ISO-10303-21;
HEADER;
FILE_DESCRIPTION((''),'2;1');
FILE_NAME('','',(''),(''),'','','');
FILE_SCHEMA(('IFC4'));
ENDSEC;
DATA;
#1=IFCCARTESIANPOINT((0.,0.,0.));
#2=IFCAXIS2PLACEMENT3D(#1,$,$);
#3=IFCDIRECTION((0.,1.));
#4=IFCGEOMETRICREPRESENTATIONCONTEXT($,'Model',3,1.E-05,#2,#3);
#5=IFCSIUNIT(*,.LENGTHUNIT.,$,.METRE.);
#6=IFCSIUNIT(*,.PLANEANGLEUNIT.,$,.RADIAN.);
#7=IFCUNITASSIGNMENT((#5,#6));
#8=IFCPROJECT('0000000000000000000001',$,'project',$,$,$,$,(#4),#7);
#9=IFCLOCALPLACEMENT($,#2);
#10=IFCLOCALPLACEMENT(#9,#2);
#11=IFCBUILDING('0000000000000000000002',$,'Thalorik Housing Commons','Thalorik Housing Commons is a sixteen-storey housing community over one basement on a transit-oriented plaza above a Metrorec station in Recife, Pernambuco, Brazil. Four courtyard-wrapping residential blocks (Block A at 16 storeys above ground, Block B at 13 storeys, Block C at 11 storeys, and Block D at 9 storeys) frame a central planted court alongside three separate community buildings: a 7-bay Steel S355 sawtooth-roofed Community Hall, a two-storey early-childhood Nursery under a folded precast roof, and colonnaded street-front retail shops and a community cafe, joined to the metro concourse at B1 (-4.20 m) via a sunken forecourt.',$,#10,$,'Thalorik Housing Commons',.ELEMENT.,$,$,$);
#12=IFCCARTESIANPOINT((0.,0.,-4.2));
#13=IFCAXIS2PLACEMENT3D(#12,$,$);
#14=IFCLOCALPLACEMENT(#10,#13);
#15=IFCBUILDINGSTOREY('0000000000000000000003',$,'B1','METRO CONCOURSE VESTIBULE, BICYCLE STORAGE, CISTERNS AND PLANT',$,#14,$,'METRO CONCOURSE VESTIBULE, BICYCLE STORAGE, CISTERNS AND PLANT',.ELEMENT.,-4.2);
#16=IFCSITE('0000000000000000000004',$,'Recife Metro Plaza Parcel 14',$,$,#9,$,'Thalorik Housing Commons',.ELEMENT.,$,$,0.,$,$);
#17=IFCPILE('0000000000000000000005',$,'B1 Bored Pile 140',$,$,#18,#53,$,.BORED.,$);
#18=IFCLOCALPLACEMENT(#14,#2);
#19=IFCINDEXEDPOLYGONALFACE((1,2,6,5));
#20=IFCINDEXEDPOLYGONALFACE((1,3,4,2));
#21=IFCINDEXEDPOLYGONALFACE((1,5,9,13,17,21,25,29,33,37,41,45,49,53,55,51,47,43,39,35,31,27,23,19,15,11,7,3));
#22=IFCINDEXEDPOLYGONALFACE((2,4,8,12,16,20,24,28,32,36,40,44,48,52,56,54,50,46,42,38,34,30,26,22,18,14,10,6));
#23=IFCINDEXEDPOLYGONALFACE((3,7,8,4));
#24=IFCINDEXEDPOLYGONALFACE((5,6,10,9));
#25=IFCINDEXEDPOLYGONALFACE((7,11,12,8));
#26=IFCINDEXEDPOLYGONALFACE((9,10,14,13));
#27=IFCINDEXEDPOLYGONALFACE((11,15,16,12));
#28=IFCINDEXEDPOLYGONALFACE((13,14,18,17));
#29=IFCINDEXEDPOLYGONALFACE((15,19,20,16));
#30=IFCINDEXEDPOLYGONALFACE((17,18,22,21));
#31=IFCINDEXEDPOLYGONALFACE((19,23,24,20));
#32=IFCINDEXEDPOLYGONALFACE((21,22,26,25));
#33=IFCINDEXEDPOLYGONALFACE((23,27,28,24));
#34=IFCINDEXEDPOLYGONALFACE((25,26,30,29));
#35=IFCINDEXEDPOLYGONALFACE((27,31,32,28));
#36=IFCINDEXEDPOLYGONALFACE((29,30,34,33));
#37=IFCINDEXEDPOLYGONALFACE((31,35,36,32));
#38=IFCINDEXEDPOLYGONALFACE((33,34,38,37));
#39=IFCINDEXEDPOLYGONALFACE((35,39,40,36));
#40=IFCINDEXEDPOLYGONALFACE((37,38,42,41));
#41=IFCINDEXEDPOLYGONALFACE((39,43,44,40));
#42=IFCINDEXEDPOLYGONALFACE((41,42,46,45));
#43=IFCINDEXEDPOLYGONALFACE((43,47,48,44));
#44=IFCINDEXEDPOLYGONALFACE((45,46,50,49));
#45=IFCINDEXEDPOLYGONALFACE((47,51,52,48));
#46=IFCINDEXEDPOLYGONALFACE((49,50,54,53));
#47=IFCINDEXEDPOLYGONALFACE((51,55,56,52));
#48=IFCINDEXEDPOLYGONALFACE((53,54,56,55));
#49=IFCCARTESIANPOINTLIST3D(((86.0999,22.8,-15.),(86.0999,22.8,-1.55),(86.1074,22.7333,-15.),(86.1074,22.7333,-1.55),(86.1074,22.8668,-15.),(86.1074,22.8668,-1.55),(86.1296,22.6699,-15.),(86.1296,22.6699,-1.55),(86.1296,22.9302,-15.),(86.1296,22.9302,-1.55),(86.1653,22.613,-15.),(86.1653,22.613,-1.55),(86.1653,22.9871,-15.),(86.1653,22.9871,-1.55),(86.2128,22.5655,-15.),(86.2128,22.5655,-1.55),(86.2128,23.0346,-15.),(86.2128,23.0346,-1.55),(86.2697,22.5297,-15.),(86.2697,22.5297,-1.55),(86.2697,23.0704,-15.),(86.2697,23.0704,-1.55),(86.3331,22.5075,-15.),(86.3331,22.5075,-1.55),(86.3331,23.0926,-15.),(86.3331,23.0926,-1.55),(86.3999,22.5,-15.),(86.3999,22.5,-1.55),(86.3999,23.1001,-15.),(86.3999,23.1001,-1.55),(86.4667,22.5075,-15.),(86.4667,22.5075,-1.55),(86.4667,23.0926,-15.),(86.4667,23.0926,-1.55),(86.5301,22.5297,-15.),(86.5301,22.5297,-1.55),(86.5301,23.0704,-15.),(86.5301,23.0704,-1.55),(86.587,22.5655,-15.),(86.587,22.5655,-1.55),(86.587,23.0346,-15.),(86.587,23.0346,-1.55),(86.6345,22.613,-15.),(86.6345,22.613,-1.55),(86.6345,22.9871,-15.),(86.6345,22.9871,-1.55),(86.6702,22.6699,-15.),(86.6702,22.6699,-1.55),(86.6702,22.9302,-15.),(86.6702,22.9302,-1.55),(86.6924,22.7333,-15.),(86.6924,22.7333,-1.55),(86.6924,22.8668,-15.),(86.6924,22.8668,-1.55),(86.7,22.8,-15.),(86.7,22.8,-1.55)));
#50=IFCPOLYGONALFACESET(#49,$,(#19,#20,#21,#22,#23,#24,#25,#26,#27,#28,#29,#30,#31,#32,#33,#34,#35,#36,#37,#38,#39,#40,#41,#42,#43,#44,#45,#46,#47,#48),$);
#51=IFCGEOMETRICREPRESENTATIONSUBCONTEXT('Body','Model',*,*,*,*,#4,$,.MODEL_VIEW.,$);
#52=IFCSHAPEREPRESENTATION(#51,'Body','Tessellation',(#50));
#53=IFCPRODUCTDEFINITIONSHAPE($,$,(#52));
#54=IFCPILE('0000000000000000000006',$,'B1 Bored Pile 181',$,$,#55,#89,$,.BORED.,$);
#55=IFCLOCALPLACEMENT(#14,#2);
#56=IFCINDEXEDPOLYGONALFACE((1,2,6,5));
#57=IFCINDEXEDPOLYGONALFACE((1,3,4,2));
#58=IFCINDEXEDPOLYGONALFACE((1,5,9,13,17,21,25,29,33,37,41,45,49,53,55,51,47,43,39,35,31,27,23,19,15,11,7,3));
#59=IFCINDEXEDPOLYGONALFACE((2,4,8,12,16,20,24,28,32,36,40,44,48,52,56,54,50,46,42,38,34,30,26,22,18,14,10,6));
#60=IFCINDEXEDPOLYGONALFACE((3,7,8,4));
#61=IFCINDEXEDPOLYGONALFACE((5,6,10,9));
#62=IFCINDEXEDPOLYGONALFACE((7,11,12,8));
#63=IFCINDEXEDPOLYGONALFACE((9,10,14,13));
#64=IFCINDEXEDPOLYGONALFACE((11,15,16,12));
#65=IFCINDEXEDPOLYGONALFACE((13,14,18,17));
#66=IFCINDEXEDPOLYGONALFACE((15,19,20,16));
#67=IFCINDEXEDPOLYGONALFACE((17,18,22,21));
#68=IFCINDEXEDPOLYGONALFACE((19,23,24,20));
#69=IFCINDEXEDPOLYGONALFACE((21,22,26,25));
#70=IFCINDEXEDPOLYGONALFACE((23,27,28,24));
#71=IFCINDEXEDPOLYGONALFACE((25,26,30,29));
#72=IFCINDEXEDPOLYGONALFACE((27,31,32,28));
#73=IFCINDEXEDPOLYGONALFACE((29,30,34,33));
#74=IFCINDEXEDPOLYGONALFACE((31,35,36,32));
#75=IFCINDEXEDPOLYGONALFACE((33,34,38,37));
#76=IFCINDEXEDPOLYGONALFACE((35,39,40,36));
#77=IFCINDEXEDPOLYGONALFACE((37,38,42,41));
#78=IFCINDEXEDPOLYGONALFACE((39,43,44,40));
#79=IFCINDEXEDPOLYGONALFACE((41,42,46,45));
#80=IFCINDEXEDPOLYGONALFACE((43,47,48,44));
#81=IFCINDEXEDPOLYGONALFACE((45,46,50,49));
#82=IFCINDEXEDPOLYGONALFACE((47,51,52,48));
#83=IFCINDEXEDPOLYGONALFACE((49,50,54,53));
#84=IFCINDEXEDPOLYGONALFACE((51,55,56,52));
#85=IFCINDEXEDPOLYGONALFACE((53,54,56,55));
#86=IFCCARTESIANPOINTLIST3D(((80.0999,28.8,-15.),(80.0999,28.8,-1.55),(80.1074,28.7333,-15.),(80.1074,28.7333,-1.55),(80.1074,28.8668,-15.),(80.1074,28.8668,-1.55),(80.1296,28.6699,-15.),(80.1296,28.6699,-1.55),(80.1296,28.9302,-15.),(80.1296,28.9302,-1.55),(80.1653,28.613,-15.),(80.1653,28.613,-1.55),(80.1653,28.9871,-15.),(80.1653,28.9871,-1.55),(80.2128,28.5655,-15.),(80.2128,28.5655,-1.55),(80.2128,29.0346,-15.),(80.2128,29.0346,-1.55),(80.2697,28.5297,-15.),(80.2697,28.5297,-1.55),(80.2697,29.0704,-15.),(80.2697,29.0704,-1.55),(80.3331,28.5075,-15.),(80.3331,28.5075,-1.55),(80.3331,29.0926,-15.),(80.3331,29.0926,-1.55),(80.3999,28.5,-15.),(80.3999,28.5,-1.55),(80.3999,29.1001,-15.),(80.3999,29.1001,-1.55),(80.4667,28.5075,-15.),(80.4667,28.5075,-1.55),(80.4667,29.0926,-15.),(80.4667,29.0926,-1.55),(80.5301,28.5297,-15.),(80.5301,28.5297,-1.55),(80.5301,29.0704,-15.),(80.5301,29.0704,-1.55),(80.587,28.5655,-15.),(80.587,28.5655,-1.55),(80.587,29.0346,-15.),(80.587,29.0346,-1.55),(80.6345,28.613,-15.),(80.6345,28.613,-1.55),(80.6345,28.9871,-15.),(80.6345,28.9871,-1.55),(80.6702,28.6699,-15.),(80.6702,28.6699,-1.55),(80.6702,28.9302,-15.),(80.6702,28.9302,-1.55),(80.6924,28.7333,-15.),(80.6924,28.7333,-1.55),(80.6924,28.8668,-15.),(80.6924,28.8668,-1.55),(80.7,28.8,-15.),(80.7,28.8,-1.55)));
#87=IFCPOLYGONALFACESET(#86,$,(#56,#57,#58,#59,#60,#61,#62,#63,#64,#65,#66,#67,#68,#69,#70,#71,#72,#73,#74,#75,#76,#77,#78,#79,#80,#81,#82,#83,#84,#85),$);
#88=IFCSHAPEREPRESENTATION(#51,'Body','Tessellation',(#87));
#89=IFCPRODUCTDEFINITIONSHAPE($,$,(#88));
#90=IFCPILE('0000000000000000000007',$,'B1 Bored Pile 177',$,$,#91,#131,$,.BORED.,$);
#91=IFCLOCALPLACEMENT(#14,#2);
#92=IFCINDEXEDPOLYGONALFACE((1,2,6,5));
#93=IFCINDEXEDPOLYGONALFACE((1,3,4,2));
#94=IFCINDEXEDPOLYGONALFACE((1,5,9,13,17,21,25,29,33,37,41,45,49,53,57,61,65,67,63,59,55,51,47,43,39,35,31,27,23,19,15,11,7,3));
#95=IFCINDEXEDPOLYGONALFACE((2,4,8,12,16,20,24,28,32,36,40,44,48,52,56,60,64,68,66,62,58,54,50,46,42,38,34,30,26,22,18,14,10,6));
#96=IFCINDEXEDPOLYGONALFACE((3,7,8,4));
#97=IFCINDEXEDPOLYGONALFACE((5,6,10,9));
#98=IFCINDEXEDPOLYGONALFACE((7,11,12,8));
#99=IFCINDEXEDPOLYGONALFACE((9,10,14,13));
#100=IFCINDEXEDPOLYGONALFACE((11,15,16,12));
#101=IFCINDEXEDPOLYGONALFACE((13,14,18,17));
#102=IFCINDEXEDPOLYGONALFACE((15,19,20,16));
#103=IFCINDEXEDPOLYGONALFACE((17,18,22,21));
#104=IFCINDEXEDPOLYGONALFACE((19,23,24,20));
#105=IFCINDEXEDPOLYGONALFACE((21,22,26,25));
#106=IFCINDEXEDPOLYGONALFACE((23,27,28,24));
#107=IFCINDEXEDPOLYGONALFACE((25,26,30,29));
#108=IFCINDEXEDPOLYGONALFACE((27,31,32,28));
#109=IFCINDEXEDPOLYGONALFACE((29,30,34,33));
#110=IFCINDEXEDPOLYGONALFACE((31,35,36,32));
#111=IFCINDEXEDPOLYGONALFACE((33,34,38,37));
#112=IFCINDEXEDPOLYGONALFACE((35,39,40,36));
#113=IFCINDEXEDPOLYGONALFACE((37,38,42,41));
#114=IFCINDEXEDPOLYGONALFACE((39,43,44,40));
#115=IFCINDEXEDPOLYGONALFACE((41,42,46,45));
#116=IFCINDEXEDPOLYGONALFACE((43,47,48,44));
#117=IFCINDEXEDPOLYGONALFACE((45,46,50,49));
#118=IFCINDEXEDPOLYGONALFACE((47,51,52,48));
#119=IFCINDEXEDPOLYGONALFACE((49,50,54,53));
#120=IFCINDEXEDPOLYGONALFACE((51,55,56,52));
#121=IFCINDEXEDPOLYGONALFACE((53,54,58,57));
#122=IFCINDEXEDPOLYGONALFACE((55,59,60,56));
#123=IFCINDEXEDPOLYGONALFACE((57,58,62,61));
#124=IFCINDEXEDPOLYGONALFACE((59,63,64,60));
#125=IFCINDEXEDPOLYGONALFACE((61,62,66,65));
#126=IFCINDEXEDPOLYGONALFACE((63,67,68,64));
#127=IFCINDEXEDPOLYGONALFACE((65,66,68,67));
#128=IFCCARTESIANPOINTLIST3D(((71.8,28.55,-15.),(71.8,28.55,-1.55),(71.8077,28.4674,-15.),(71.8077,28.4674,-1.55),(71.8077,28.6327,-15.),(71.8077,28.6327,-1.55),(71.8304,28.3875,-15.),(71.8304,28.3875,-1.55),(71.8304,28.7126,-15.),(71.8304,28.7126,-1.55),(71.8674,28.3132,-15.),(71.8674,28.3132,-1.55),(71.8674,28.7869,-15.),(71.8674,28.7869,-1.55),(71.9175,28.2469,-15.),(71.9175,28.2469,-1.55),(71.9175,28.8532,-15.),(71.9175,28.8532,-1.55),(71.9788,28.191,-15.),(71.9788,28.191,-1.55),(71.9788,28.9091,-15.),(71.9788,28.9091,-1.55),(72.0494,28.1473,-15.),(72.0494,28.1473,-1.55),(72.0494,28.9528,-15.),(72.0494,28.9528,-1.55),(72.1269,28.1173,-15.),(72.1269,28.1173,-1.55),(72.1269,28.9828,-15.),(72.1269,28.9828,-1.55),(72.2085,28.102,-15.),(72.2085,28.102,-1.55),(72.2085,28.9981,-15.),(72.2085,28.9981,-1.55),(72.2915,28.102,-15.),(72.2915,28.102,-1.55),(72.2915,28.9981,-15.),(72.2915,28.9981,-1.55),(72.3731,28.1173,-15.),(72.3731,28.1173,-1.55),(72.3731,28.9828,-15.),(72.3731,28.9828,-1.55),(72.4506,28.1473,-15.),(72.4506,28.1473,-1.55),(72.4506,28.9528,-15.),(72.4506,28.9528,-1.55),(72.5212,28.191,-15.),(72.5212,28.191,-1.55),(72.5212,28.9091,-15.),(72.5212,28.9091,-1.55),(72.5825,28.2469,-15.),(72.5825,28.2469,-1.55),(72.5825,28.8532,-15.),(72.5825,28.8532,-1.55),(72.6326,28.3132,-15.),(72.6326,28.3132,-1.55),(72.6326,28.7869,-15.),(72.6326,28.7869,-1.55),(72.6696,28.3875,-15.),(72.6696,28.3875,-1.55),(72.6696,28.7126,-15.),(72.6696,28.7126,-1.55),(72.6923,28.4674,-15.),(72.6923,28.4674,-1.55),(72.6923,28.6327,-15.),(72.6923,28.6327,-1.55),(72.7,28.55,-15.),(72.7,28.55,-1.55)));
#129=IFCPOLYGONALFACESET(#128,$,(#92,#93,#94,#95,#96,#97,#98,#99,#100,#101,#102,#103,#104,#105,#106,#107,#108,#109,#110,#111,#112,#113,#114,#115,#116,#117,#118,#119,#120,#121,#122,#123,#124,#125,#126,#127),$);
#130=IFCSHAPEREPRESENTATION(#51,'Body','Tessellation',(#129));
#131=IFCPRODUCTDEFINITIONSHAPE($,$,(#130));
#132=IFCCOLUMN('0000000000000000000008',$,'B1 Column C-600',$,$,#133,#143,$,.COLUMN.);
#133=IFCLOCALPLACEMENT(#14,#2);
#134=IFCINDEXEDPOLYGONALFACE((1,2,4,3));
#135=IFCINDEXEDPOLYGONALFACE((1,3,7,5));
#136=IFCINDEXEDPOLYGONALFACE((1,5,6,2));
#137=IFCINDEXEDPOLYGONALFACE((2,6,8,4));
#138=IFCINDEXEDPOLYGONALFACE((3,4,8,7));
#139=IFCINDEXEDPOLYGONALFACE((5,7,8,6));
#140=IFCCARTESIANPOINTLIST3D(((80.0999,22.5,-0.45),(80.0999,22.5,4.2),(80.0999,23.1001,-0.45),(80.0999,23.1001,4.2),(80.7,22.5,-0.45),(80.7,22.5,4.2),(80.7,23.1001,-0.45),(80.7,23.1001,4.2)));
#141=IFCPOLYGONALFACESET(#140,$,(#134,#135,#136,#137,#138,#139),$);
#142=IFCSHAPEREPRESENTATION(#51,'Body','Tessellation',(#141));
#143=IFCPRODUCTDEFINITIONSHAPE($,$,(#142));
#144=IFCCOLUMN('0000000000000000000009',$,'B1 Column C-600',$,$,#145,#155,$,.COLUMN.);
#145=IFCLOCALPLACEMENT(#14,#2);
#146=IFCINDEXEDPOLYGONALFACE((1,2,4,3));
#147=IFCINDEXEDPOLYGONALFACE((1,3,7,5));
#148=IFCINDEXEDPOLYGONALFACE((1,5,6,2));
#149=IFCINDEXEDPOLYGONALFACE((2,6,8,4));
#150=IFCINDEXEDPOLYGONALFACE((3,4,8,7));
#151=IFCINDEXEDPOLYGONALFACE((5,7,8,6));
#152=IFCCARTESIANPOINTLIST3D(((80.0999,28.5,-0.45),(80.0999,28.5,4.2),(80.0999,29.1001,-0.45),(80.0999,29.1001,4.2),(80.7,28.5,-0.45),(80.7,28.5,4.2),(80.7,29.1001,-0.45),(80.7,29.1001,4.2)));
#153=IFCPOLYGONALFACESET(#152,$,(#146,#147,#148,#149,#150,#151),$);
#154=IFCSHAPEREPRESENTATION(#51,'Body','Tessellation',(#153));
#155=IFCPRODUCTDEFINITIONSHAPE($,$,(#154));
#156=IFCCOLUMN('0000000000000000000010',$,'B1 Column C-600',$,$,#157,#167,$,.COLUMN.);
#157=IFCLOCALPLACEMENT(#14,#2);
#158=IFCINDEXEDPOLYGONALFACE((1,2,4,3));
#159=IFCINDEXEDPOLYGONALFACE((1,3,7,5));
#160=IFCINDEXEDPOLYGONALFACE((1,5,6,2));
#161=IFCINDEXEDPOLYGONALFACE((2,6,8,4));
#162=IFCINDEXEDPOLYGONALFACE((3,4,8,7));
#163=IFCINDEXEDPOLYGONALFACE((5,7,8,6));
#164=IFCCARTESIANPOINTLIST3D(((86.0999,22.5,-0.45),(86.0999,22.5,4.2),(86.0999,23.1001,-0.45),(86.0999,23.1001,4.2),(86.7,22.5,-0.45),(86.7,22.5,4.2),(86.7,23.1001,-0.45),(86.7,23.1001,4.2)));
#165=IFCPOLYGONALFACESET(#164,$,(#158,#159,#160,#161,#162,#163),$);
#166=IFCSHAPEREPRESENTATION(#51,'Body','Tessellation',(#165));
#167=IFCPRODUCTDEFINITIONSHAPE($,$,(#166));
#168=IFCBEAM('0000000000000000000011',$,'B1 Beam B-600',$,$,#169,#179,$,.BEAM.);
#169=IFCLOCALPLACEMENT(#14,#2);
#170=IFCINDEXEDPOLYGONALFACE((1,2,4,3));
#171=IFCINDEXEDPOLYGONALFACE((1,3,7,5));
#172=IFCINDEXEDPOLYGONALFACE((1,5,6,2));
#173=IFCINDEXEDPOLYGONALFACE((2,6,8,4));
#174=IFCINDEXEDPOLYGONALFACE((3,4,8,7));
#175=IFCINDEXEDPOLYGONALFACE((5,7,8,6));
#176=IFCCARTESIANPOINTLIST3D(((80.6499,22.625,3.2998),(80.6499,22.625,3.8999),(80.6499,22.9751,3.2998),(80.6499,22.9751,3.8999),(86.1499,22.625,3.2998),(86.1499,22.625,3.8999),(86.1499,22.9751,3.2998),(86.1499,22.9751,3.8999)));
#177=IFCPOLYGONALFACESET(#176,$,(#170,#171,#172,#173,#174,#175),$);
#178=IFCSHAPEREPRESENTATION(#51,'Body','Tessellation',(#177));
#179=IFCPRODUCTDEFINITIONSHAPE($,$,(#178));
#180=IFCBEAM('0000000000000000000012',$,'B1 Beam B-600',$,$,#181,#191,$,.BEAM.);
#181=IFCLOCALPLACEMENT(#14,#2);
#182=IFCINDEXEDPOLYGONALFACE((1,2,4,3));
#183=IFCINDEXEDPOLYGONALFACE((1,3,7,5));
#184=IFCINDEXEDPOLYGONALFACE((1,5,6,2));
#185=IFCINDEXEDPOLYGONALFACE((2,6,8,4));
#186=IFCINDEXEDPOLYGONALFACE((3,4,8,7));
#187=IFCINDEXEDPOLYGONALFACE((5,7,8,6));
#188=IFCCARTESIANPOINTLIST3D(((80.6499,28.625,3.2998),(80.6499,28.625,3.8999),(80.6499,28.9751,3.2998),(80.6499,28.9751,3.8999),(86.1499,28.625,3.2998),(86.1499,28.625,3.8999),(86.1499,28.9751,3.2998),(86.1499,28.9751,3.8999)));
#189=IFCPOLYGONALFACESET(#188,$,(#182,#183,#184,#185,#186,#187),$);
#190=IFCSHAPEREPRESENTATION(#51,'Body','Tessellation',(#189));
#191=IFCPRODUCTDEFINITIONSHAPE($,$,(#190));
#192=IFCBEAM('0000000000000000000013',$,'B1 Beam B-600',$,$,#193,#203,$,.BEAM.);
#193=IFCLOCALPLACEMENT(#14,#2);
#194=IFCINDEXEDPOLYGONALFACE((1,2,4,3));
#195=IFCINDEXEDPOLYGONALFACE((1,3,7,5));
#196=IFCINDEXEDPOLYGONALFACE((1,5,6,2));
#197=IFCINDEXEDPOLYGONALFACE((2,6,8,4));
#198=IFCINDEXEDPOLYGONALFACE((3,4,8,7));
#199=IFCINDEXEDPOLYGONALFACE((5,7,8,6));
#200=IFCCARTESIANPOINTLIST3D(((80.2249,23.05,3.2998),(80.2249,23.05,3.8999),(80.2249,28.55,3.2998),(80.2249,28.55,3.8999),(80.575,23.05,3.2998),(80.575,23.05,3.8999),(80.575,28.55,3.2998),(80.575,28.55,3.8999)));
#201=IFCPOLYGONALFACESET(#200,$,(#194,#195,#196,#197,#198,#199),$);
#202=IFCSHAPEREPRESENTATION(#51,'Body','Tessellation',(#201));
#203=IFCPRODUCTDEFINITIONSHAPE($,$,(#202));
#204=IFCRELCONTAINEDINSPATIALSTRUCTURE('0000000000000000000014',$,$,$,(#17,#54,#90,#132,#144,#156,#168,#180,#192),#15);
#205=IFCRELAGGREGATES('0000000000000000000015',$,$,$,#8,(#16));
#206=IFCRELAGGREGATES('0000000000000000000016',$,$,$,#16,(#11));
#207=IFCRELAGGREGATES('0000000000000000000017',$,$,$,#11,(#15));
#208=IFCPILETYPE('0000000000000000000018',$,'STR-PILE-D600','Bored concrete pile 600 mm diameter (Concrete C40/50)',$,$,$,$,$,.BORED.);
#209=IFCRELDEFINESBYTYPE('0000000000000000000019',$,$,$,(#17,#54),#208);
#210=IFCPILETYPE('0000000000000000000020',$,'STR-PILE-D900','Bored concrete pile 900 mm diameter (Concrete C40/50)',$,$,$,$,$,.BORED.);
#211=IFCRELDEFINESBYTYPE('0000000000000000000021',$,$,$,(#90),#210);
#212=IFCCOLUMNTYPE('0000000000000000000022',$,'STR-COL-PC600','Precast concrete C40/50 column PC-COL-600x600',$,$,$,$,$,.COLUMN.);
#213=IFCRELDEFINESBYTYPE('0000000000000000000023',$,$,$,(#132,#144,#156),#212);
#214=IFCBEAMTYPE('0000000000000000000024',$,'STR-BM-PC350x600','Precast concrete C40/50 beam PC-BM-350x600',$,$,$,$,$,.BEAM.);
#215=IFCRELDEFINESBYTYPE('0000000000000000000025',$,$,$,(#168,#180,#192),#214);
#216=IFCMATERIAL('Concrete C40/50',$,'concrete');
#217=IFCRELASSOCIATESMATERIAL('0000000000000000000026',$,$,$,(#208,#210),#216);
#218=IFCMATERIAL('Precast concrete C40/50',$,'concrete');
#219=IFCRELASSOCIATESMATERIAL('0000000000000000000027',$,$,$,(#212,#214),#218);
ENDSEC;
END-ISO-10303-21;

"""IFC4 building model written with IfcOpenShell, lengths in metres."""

from ifc_helpers import new_model, si_unit, direction, frame, origin, origin_2d, place, context, subcontext, project, spatial, rectangle, circle, extrude, material, material_profile, profile_set, type_object, element, save


model = new_model("IFC4")

# Units and contexts
model_context = context("Model", 3, precision=1e-05, world=origin(), true_north=direction((0.0, 1.0)))
body_context = subcontext(model_context, "Body", "Model", "MODEL_VIEW")
ifc_project = project(units=[si_unit("LENGTHUNIT", "METRE"), si_unit("PLANEANGLEUNIT", "RADIAN")], contexts=[model_context])

# Site, building, storey
site_placement = place(None, origin())
site = spatial("IfcSite", under=ifc_project, at=site_placement, Name="Recife Metro Plaza Parcel 14", LongName="Thalorik Housing Commons", CompositionType="ELEMENT", RefElevation=0.0)
building_placement = place(site_placement, origin())
building = spatial("IfcBuilding", under=site, at=building_placement, Name="Thalorik Housing Commons", Description="Thalorik Housing Commons is a sixteen-storey housing community over one basement on a transit-oriented plaza above a Metrorec station in Recife, Pernambuco, Brazil. Four courtyard-wrapping residential blocks (Block A at 16 storeys above ground, Block B at 13 storeys, Block C at 11 storeys, and Block D at 9 storeys) frame a central planted court alongside three separate community buildings: a 7-bay Steel S355 sawtooth-roofed Community Hall, a two-storey early-childhood Nursery under a folded precast roof, and colonnaded street-front retail shops and a community cafe, joined to the metro concourse at B1 (-4.20 m) via a sunken forecourt.", LongName="Thalorik Housing Commons", CompositionType="ELEMENT")
storey_placement = place(building_placement, frame((0.0, 0.0, -4.2)))
storey = spatial("IfcBuildingStorey", under=building, at=storey_placement, Name="B1", Description="METRO CONCOURSE VESTIBULE, BICYCLE STORAGE, CISTERNS AND PLANT", LongName="METRO CONCOURSE VESTIBULE, BICYCLE STORAGE, CISTERNS AND PLANT", CompositionType="ELEMENT", Elevation=-4.2)

# Shared definitions
ifc_material_1 = material(Name="Concrete C40/50", Category="concrete")

# Piles
ifc_material_profile_1 = material_profile(ifc_material_1, circle(Radius=0.3, at=origin_2d()), Name="BORED PILE D600", Category="concrete")
ifc_profile_set_1 = profile_set([ifc_material_profile_1], Name="Concrete C40/50")
pile_type_1 = type_object("IfcPileType", Name="STR-PILE-D600", Description="Bored concrete pile 600 mm diameter (Concrete C40/50)", PredefinedType="BORED", material=ifc_profile_set_1)
for number, where, z_axis, x_axis, name in (
    (1, (86.3999, 22.8, -1.55), (0.0, 0.0, -1.0), (1.0, 0.0, 0.0), "B1 Bored Pile 140"),
    (2, (80.3999, 28.8, -1.55), (0.0, 0.0, -1.0), (1.0, 0.0, 0.0), "B1 Bored Pile 181"),
):
    element("IfcPile", number, at=place(storey_placement, frame(where, z_axis=z_axis, x_axis=x_axis)), inside=storey, type_object=pile_type_1, Name=name, PredefinedType="BORED", context=body_context, shape_type="SweptSolid", body=[
        extrude(circle(Radius=0.3, at=origin_2d()), origin(), (0.0, 0.0, 1.0), 13.45),
    ])
ifc_material_profile_2 = material_profile(ifc_material_1, circle(Radius=0.45, at=origin_2d()), Name="BORED PILE D900", Category="concrete")
ifc_profile_set_2 = profile_set([ifc_material_profile_2], Name="Concrete C40/50")
pile_type_2 = type_object("IfcPileType", Name="STR-PILE-D900", Description="Bored concrete pile 900 mm diameter (Concrete C40/50)", PredefinedType="BORED", material=ifc_profile_set_2)
pile_placement = place(storey_placement, frame((72.25, 28.55, -1.55), z_axis=(0.0, 0.0, -1.0), x_axis=(1.0, 0.0, 0.0)))
element("IfcPile", 3, at=pile_placement, inside=storey, type_object=pile_type_2, Name="B1 Bored Pile 177", PredefinedType="BORED", context=body_context, shape_type="SweptSolid", body=[
    extrude(circle(Radius=0.45, at=origin_2d()), origin(), (0.0, 0.0, 1.0), 13.45),
])

# Columns
ifc_material_2 = material(Name="Precast concrete C40/50", Category="concrete")
ifc_material_profile_3 = material_profile(ifc_material_2, rectangle(XDim=0.6001, YDim=0.6001, at=origin_2d()), Name="PC 600x600", Category="concrete")
ifc_profile_set_3 = profile_set([ifc_material_profile_3], Name="Precast concrete C40/50")
column_type = type_object("IfcColumnType", Name="STR-COL-PC600", Description="Precast concrete C40/50 column PC-COL-600x600", PredefinedType="COLUMN", material=ifc_profile_set_3)
for number, where, z_axis, x_axis, name in (
    (4, (80.3999, 22.8, -0.45), (0.0, 0.0, 1.0), (1.0, 0.0, 0.0), "B1 Column C-600"),
    (5, (80.3999, 28.8, -0.45), (0.0, 0.0, 1.0), (1.0, 0.0, 0.0), "B1 Column C-600"),
    (6, (86.3999, 22.8, -0.45), (0.0, 0.0, 1.0), (1.0, 0.0, 0.0), "B1 Column C-600"),
):
    element("IfcColumn", number, at=place(storey_placement, frame(where, z_axis=z_axis, x_axis=x_axis)), inside=storey, type_object=column_type, Name=name, PredefinedType="COLUMN", context=body_context, shape_type="SweptSolid", body=[
        extrude(rectangle(XDim=0.6001, YDim=0.6001, at=origin_2d()), origin(), (0.0, 0.0, 1.0), 4.6499),
    ])

# Beams
ifc_material_profile_4 = material_profile(ifc_material_2, rectangle(XDim=0.3501, YDim=0.6001, at=origin_2d()), Name="PC 350x600", Category="concrete")
ifc_profile_set_4 = profile_set([ifc_material_profile_4], Name="Precast concrete C40/50")
beam_type_1 = type_object("IfcBeamType", Name="STR-BM-PC350x600", Description="Precast concrete C40/50 beam PC-BM-350x600", PredefinedType="BEAM", material=ifc_profile_set_4)
for number, where, z_axis, x_axis, name in (
    (7, (80.6499, 22.8, 3.5999), (1.0, 0.0, 0.0), (0.0, 1.0, 0.0), "B1 Beam B-600"),
    (8, (80.6499, 28.8, 3.5999), (1.0, 0.0, 0.0), (0.0, 1.0, 0.0), "B1 Beam B-600"),
    (9, (80.3999, 23.05, 3.5999), (0.0, 1.0, 0.0), (-1.0, 0.0, 0.0), "B1 Beam B-600"),
):
    element("IfcBeam", number, at=place(storey_placement, frame(where, z_axis=z_axis, x_axis=x_axis)), inside=storey, type_object=beam_type_1, Name=name, PredefinedType="BEAM", context=body_context, shape_type="SweptSolid", body=[
        extrude(rectangle(XDim=0.3501, YDim=0.6001, at=origin_2d()), origin(), (0.0, 0.0, 1.0), 5.5),
    ])

save(model, "model.ifc")
